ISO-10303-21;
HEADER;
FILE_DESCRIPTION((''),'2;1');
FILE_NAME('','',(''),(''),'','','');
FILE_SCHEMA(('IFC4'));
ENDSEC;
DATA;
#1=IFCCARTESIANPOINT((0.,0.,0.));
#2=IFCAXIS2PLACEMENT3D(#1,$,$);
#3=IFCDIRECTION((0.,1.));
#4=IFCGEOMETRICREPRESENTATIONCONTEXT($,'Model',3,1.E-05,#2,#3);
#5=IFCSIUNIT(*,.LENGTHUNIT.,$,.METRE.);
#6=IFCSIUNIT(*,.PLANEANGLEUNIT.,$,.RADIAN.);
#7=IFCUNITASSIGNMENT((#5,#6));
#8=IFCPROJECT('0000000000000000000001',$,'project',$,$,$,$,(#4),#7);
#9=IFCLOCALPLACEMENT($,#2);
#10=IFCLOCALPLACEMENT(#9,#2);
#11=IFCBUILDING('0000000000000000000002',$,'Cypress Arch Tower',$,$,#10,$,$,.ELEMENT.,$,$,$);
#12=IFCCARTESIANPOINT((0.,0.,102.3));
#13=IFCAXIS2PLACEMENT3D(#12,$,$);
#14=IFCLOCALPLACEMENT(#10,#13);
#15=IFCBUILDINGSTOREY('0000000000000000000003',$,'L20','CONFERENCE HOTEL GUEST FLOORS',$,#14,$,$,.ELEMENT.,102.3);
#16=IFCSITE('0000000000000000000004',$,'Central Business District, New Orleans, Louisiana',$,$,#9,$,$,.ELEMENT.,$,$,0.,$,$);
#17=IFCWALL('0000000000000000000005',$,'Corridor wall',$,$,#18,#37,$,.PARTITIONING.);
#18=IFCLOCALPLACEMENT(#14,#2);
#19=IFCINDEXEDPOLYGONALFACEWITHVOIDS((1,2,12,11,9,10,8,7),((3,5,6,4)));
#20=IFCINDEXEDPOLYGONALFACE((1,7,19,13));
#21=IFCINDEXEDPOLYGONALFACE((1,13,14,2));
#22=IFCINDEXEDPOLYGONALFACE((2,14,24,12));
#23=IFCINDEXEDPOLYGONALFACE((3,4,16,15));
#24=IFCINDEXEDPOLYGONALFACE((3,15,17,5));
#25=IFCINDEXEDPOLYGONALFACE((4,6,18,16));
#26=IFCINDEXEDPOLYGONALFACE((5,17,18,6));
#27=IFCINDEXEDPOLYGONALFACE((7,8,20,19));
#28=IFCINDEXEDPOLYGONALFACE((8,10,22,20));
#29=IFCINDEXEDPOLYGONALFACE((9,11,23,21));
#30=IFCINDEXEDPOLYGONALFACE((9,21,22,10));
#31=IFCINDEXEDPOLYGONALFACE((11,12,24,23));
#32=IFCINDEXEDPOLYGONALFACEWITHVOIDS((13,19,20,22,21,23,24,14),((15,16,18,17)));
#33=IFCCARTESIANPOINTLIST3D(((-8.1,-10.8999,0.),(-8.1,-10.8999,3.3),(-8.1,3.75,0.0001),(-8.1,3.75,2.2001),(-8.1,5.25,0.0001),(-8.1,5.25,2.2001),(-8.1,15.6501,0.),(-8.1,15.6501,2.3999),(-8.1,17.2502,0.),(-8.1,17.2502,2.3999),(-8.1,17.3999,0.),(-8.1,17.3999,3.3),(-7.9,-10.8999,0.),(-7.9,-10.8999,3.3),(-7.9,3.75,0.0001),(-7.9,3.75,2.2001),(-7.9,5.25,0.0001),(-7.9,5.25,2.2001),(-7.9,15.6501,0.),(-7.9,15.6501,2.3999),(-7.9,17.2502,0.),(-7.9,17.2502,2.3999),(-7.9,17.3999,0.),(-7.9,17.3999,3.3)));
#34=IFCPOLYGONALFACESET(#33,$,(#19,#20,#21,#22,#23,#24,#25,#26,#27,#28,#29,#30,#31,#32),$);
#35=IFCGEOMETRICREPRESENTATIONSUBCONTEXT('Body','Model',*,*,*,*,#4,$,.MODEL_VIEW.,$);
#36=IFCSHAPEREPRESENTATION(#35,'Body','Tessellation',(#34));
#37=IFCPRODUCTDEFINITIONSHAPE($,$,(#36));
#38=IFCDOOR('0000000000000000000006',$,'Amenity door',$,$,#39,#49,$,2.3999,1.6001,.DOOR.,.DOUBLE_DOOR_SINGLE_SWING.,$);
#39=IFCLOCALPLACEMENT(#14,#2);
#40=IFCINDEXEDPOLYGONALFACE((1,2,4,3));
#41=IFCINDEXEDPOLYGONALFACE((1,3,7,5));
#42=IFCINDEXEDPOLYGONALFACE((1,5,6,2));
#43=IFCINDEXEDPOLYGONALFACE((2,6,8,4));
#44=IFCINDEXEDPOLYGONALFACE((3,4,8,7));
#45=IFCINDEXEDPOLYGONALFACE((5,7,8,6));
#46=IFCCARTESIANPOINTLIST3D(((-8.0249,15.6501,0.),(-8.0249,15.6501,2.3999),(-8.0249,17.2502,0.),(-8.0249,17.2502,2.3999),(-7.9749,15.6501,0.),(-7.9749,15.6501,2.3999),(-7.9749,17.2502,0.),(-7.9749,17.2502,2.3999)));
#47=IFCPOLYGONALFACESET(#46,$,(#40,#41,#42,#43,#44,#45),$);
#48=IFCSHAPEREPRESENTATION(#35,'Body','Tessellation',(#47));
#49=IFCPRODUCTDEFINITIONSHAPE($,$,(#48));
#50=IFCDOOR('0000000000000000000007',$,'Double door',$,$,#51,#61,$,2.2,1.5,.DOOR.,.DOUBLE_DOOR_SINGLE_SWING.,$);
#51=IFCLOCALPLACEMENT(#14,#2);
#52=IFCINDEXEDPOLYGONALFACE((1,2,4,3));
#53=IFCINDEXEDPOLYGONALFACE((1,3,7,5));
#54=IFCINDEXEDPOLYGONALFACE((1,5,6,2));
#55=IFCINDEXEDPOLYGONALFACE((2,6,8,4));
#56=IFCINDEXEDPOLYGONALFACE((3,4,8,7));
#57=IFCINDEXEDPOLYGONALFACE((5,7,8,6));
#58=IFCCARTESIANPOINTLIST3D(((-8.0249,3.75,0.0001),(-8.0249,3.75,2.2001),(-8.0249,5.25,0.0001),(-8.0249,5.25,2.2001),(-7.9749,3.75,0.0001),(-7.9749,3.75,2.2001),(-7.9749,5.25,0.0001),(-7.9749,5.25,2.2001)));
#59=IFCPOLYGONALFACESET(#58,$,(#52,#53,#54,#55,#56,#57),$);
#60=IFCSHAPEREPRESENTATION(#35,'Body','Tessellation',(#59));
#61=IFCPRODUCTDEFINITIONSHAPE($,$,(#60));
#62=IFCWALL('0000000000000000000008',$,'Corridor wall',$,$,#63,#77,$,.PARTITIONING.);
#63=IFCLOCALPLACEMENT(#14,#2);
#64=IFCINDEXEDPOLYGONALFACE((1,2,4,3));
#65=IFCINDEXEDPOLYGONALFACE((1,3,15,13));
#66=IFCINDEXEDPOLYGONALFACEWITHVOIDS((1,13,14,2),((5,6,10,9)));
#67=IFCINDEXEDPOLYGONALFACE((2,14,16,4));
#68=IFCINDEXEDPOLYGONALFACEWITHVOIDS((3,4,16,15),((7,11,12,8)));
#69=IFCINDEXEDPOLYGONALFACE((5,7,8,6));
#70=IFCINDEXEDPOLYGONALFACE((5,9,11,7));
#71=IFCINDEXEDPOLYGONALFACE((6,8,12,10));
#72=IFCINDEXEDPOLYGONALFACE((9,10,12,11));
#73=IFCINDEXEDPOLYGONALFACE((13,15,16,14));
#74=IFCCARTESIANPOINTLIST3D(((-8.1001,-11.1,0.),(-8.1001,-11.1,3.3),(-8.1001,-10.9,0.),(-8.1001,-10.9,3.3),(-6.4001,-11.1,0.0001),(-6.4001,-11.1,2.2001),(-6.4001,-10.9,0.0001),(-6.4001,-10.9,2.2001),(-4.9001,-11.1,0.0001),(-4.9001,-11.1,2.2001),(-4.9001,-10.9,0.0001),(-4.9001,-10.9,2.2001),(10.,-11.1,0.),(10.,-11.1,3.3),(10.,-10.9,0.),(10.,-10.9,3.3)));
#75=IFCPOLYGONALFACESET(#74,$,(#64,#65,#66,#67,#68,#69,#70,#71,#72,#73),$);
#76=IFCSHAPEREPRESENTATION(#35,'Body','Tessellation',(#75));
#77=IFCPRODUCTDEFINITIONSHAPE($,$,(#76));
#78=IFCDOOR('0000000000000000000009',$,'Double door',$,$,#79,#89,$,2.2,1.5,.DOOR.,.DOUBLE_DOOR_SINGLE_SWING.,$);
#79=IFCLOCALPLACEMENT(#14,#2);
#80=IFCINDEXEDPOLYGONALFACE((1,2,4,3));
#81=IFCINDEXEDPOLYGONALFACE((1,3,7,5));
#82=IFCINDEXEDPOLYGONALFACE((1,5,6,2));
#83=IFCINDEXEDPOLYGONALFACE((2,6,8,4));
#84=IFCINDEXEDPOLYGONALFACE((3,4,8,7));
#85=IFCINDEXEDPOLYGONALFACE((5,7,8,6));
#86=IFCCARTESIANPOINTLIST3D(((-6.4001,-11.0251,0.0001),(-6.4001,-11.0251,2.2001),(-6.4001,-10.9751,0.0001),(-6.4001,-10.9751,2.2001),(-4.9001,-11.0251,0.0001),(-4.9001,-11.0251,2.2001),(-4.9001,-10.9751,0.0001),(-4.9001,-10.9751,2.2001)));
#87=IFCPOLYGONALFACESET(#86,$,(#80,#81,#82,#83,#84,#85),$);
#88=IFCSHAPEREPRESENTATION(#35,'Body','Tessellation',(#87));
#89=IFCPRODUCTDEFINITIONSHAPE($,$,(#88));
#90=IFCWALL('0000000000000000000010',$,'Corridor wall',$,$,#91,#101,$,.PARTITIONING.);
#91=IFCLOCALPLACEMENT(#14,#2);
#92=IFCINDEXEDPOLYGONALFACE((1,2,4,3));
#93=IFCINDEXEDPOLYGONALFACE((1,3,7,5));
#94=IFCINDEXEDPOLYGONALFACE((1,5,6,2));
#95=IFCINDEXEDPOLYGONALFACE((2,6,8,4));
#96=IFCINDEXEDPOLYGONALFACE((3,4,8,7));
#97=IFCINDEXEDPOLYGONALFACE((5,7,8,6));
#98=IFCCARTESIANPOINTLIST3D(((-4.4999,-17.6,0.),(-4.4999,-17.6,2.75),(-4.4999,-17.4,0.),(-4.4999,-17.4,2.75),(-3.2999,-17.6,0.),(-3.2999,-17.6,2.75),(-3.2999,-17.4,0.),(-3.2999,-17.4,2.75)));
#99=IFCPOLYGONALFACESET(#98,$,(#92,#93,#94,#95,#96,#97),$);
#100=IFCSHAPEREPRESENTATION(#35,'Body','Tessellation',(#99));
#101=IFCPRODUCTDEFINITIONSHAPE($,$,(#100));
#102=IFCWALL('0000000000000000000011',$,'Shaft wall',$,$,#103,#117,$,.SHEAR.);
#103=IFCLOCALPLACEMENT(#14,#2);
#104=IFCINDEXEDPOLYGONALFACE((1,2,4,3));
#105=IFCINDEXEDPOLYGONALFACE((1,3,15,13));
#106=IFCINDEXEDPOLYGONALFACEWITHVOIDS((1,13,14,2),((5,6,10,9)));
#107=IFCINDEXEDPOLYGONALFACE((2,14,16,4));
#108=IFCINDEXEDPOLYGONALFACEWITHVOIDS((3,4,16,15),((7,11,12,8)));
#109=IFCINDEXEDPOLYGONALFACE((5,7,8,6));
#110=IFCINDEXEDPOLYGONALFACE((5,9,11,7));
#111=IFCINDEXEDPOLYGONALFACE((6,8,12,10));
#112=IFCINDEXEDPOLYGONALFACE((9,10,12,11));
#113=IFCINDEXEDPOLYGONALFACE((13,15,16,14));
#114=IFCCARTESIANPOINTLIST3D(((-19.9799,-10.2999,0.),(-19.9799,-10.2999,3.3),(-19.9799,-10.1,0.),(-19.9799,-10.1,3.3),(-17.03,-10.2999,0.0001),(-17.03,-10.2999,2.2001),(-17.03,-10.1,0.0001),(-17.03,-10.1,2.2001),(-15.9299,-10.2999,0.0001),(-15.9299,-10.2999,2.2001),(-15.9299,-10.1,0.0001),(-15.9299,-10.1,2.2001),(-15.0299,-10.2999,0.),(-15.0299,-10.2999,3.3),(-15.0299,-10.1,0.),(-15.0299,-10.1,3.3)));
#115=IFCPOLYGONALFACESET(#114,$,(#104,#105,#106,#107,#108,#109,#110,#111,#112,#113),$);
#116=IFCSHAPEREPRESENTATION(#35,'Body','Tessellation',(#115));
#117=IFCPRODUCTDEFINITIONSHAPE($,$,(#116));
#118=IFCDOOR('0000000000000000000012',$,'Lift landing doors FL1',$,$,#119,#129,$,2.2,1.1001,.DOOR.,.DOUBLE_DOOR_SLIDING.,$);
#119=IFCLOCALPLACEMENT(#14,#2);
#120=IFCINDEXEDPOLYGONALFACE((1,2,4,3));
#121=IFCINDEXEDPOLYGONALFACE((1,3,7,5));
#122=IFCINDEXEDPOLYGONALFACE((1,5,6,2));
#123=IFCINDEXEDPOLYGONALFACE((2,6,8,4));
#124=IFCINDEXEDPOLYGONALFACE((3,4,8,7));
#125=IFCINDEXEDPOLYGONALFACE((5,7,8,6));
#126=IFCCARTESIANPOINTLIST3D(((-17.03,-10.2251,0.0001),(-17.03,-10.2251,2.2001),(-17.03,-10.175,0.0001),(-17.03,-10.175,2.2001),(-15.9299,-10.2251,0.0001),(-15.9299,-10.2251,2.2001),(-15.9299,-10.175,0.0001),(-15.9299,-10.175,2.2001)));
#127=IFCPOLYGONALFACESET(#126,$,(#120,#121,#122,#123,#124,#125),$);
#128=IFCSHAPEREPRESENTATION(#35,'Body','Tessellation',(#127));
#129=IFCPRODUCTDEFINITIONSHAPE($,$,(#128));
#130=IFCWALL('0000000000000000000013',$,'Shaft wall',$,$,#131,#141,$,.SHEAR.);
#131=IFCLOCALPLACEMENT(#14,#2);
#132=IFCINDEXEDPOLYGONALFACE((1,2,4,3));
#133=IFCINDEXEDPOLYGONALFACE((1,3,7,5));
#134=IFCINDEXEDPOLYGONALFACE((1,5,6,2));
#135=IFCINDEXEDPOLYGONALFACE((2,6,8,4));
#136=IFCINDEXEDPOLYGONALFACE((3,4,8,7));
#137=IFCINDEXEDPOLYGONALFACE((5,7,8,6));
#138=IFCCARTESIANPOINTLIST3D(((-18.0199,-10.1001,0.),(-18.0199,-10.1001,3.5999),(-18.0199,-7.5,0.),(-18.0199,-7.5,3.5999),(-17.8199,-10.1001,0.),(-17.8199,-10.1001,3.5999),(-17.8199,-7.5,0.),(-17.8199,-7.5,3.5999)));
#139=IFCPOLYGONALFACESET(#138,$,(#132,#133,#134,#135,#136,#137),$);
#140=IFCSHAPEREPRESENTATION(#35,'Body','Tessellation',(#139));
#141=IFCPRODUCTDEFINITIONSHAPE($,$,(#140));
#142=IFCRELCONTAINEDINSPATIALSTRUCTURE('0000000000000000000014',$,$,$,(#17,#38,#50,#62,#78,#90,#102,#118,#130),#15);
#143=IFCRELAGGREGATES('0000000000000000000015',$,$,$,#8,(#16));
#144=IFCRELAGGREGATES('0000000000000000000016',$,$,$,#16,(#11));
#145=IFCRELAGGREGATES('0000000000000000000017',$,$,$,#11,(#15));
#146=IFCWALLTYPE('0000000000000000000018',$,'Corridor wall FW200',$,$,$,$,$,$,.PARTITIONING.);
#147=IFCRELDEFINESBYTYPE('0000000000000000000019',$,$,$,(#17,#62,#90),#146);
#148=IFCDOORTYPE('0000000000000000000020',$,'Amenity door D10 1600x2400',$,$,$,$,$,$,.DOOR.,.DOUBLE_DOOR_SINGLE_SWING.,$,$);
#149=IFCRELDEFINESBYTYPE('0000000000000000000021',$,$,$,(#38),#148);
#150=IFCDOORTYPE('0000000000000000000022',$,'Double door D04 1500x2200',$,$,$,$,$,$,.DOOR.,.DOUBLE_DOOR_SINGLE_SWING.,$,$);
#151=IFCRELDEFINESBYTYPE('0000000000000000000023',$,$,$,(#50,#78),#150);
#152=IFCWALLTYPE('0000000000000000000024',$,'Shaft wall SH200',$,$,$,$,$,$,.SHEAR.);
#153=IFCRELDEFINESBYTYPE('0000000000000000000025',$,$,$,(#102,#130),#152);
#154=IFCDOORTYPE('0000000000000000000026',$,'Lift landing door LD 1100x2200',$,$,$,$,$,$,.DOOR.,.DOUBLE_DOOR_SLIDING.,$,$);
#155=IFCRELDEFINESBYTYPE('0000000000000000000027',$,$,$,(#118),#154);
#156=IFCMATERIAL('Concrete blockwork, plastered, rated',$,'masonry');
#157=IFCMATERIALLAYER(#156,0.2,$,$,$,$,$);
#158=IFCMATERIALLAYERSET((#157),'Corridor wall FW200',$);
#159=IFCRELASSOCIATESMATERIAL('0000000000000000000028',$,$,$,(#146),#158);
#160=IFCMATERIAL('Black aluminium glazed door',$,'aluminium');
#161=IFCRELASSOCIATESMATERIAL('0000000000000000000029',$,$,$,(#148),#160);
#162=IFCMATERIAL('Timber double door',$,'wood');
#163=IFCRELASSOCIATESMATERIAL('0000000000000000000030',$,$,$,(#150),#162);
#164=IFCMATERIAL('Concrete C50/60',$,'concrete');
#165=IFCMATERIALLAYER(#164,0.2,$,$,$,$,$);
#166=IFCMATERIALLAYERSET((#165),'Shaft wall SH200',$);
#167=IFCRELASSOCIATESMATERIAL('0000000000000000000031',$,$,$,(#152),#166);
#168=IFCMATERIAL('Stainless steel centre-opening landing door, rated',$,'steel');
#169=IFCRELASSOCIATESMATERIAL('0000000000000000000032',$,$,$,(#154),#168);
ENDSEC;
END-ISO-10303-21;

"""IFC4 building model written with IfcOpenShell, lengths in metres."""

from ifc_helpers import new_model, si_unit, direction, frame, frame_2d, origin, place, context, subcontext, project, spatial, rectangle, extrude, material, layer, layer_set, type_object, element, fill, save


model = new_model("IFC4")

# Units and contexts
model_context = context("Model", 3, precision=1e-05, world=origin(), true_north=direction((0.0, 1.0)))
body_context = subcontext(model_context, "Body", "Model", "MODEL_VIEW")
ifc_project = project(units=[si_unit("LENGTHUNIT", "METRE"), si_unit("PLANEANGLEUNIT", "RADIAN")], contexts=[model_context])

# Site, building, storey
site_placement = place(None, origin())
site = spatial("IfcSite", under=ifc_project, at=site_placement, Name="Central Business District, New Orleans, Louisiana", CompositionType="ELEMENT", RefElevation=0.0)
building_placement = place(site_placement, origin())
building = spatial("IfcBuilding", under=site, at=building_placement, Name="Cypress Arch Tower", CompositionType="ELEMENT")
storey_placement = place(building_placement, frame((0.0, 0.0, 102.3)))
storey = spatial("IfcBuildingStorey", under=building, at=storey_placement, Name="L20", Description="CONFERENCE HOTEL GUEST FLOORS", CompositionType="ELEMENT", Elevation=102.3)

# Wall, openings, doors
ifc_material_1 = material(Name="Concrete blockwork, plastered, rated", Category="masonry")
ifc_layer_1 = layer(ifc_material_1, 0.2)
ifc_layer_set_1 = layer_set([ifc_layer_1], Name="Corridor wall FW200")
wall_type_1 = type_object("IfcWallType", Name="Corridor wall FW200", PredefinedType="PARTITIONING", material=ifc_layer_set_1)
wall_1_placement = place(storey_placement, frame((-8.0, -10.8999, 0.0), z_axis=(0.0, 0.0, 1.0), x_axis=(0.0, 1.0, 0.0)))
wall_1 = element("IfcWall", 1, at=wall_1_placement, inside=storey, type_object=wall_type_1, Name="Corridor wall", PredefinedType="PARTITIONING", context=body_context, shape_type="SweptSolid", body=[
    extrude(rectangle(XDim=28.2998, YDim=0.2, at=frame_2d((14.1499, 0.0))), origin(), (0.0, 0.0, 1.0), 3.3),
])
opening_1_placement = place(wall_1_placement, frame((14.6499, 0.0, 0.0)))
opening_1 = element("IfcOpeningElement", 2, at=opening_1_placement, cuts=wall_1, PredefinedType="OPENING", context=body_context, shape_type="SweptSolid", body=[
    extrude(rectangle(XDim=1.5, YDim=2.2, at=frame_2d((0.75, 1.1001))), frame((0.0, 0.1099, 0.0), z_axis=(0.0, -1.0, 0.0), x_axis=(1.0, 0.0, 0.0)), (0.0, 0.0, 1.0), 0.22),
])
opening_2_placement = place(wall_1_placement, frame((26.55, 0.0, 0.0)))
opening_2 = element("IfcOpeningElement", 3, at=opening_2_placement, cuts=wall_1, PredefinedType="OPENING", context=body_context, shape_type="SweptSolid", body=[
    extrude(rectangle(XDim=1.6001, YDim=2.3999, at=frame_2d((0.8, 1.2))), frame((0.0, 0.1099, 0.0), z_axis=(0.0, -1.0, 0.0), x_axis=(1.0, 0.0, 0.0)), (0.0, 0.0, 1.0), 0.22),
])
ifc_material_2 = material(Name="Black aluminium glazed door", Category="aluminium")
door_type_1 = type_object("IfcDoorType", Name="Amenity door D10 1600x2400", OperationType="DOUBLE_DOOR_SINGLE_SWING", PredefinedType="DOOR", material=ifc_material_2)
door_1_placement = place(opening_2_placement, origin())
door_1 = element("IfcDoor", 4, at=door_1_placement, inside=storey, type_object=door_type_1, Name="Amenity door", OperationType="DOUBLE_DOOR_SINGLE_SWING", OverallHeight=2.3999, OverallWidth=1.6001, PredefinedType="DOOR", context=body_context, shape_type="SweptSolid", body=[
    extrude(rectangle(XDim=1.6001, YDim=2.3999, at=frame_2d((0.8, 1.2))), frame((0.0, 0.0249, 0.0), z_axis=(0.0, -1.0, 0.0), x_axis=(1.0, 0.0, 0.0)), (0.0, 0.0, 1.0), 0.05),
])
fill(opening_2, door_1)
ifc_material_3 = material(Name="Timber double door", Category="wood")
door_type_2 = type_object("IfcDoorType", Name="Double door D04 1500x2200", OperationType="DOUBLE_DOOR_SINGLE_SWING", PredefinedType="DOOR", material=ifc_material_3)
door_2_placement = place(opening_1_placement, origin())
door_2 = element("IfcDoor", 5, at=door_2_placement, inside=storey, type_object=door_type_2, Name="Double door", OperationType="DOUBLE_DOOR_SINGLE_SWING", OverallHeight=2.2, OverallWidth=1.5, PredefinedType="DOOR", context=body_context, shape_type="SweptSolid", body=[
    extrude(rectangle(XDim=1.5, YDim=2.2, at=frame_2d((0.75, 1.1001))), frame((0.0, 0.0249, 0.0), z_axis=(0.0, -1.0, 0.0), x_axis=(1.0, 0.0, 0.0)), (0.0, 0.0, 1.0), 0.05),
])
fill(opening_1, door_2)

# Wall, opening, door
wall_2_placement = place(storey_placement, frame((-8.1001, -11.0, 0.0), z_axis=(0.0, 0.0, 1.0), x_axis=(1.0, 0.0, 0.0)))
wall_2 = element("IfcWall", 6, at=wall_2_placement, inside=storey, type_object=wall_type_1, Name="Corridor wall", PredefinedType="PARTITIONING", context=body_context, shape_type="SweptSolid", body=[
    extrude(rectangle(XDim=18.1001, YDim=0.2, at=frame_2d((9.05, 0.0))), origin(), (0.0, 0.0, 1.0), 3.3),
])
opening_3_placement = place(wall_2_placement, frame((1.7, 0.0, 0.0)))
opening_3 = element("IfcOpeningElement", 7, at=opening_3_placement, cuts=wall_2, PredefinedType="OPENING", context=body_context, shape_type="SweptSolid", body=[
    extrude(rectangle(XDim=1.5, YDim=2.2, at=frame_2d((0.75, 1.1001))), frame((0.0, 0.1099, 0.0), z_axis=(0.0, -1.0, 0.0), x_axis=(1.0, 0.0, 0.0)), (0.0, 0.0, 1.0), 0.22),
])
door_3_placement = place(opening_3_placement, origin())
door_3 = element("IfcDoor", 8, at=door_3_placement, inside=storey, type_object=door_type_2, Name="Double door", OperationType="DOUBLE_DOOR_SINGLE_SWING", OverallHeight=2.2, OverallWidth=1.5, PredefinedType="DOOR", context=body_context, shape_type="SweptSolid", body=[
    extrude(rectangle(XDim=1.5, YDim=2.2, at=frame_2d((0.75, 1.1001))), frame((0.0, 0.0249, 0.0), z_axis=(0.0, -1.0, 0.0), x_axis=(1.0, 0.0, 0.0)), (0.0, 0.0, 1.0), 0.05),
])
fill(opening_3, door_3)

# Wall
wall_3_placement = place(storey_placement, frame((-4.5, -17.5, 0.0), z_axis=(0.0, 0.0, 1.0), x_axis=(1.0, 0.0, 0.0)))
element("IfcWall", 9, at=wall_3_placement, inside=storey, type_object=wall_type_1, Name="Corridor wall", PredefinedType="PARTITIONING", context=body_context, shape_type="SweptSolid", body=[
    extrude(rectangle(XDim=1.2, YDim=0.2, at=frame_2d((0.6001, 0.0))), origin(), (0.0, 0.0, 1.0), 2.75),
])

# Wall, opening, door
ifc_material_4 = material(Name="Concrete C50/60", Category="concrete")
ifc_layer_2 = layer(ifc_material_4, 0.2)
ifc_layer_set_2 = layer_set([ifc_layer_2], Name="Shaft wall SH200")
wall_type_2 = type_object("IfcWallType", Name="Shaft wall SH200", PredefinedType="SHEAR", material=ifc_layer_set_2)
wall_4_placement = place(storey_placement, frame((-19.98, -10.2, 0.0), z_axis=(0.0, 0.0, 1.0), x_axis=(1.0, 0.0, 0.0)))
wall_4 = element("IfcWall", 10, at=wall_4_placement, inside=storey, type_object=wall_type_2, Name="Shaft wall", PredefinedType="SHEAR", context=body_context, shape_type="SweptSolid", body=[
    extrude(rectangle(XDim=4.95, YDim=0.2, at=frame_2d((2.4751, 0.0))), origin(), (0.0, 0.0, 1.0), 3.3),
])
opening_4_placement = place(wall_4_placement, frame((2.95, 0.0, 0.0)))
opening_4 = element("IfcOpeningElement", 11, at=opening_4_placement, cuts=wall_4, PredefinedType="OPENING", context=body_context, shape_type="SweptSolid", body=[
    extrude(rectangle(XDim=1.1001, YDim=2.2, at=frame_2d((0.55, 1.1001))), frame((0.0, 0.1099, 0.0), z_axis=(0.0, -1.0, 0.0), x_axis=(1.0, 0.0, 0.0)), (0.0, 0.0, 1.0), 0.22),
])
ifc_material_5 = material(Name="Stainless steel centre-opening landing door, rated", Category="steel")
door_type_3 = type_object("IfcDoorType", Name="Lift landing door LD 1100x2200", OperationType="DOUBLE_DOOR_SLIDING", PredefinedType="DOOR", material=ifc_material_5)
door_4_placement = place(opening_4_placement, origin())
door_4 = element("IfcDoor", 12, at=door_4_placement, inside=storey, type_object=door_type_3, Name="Lift landing doors FL1", OperationType="DOUBLE_DOOR_SLIDING", OverallHeight=2.2, OverallWidth=1.1001, PredefinedType="DOOR", context=body_context, shape_type="SweptSolid", body=[
    extrude(rectangle(XDim=1.1001, YDim=2.2, at=frame_2d((0.55, 1.1001))), frame((0.0, 0.0249, 0.0), z_axis=(0.0, -1.0, 0.0), x_axis=(1.0, 0.0, 0.0)), (0.0, 0.0, 1.0), 0.05),
])
fill(opening_4, door_4)

# Wall
wall_5_placement = place(storey_placement, frame((-17.9199, -10.1001, 0.0), z_axis=(0.0, 0.0, 1.0), x_axis=(0.0, 1.0, 0.0)))
element("IfcWall", 13, at=wall_5_placement, inside=storey, type_object=wall_type_2, Name="Shaft wall", PredefinedType="SHEAR", context=body_context, shape_type="SweptSolid", body=[
    extrude(rectangle(XDim=2.6001, YDim=0.2, at=frame_2d((1.3, 0.0))), origin(), (0.0, 0.0, 1.0), 3.5999),
])

save(model, "model.ifc")
